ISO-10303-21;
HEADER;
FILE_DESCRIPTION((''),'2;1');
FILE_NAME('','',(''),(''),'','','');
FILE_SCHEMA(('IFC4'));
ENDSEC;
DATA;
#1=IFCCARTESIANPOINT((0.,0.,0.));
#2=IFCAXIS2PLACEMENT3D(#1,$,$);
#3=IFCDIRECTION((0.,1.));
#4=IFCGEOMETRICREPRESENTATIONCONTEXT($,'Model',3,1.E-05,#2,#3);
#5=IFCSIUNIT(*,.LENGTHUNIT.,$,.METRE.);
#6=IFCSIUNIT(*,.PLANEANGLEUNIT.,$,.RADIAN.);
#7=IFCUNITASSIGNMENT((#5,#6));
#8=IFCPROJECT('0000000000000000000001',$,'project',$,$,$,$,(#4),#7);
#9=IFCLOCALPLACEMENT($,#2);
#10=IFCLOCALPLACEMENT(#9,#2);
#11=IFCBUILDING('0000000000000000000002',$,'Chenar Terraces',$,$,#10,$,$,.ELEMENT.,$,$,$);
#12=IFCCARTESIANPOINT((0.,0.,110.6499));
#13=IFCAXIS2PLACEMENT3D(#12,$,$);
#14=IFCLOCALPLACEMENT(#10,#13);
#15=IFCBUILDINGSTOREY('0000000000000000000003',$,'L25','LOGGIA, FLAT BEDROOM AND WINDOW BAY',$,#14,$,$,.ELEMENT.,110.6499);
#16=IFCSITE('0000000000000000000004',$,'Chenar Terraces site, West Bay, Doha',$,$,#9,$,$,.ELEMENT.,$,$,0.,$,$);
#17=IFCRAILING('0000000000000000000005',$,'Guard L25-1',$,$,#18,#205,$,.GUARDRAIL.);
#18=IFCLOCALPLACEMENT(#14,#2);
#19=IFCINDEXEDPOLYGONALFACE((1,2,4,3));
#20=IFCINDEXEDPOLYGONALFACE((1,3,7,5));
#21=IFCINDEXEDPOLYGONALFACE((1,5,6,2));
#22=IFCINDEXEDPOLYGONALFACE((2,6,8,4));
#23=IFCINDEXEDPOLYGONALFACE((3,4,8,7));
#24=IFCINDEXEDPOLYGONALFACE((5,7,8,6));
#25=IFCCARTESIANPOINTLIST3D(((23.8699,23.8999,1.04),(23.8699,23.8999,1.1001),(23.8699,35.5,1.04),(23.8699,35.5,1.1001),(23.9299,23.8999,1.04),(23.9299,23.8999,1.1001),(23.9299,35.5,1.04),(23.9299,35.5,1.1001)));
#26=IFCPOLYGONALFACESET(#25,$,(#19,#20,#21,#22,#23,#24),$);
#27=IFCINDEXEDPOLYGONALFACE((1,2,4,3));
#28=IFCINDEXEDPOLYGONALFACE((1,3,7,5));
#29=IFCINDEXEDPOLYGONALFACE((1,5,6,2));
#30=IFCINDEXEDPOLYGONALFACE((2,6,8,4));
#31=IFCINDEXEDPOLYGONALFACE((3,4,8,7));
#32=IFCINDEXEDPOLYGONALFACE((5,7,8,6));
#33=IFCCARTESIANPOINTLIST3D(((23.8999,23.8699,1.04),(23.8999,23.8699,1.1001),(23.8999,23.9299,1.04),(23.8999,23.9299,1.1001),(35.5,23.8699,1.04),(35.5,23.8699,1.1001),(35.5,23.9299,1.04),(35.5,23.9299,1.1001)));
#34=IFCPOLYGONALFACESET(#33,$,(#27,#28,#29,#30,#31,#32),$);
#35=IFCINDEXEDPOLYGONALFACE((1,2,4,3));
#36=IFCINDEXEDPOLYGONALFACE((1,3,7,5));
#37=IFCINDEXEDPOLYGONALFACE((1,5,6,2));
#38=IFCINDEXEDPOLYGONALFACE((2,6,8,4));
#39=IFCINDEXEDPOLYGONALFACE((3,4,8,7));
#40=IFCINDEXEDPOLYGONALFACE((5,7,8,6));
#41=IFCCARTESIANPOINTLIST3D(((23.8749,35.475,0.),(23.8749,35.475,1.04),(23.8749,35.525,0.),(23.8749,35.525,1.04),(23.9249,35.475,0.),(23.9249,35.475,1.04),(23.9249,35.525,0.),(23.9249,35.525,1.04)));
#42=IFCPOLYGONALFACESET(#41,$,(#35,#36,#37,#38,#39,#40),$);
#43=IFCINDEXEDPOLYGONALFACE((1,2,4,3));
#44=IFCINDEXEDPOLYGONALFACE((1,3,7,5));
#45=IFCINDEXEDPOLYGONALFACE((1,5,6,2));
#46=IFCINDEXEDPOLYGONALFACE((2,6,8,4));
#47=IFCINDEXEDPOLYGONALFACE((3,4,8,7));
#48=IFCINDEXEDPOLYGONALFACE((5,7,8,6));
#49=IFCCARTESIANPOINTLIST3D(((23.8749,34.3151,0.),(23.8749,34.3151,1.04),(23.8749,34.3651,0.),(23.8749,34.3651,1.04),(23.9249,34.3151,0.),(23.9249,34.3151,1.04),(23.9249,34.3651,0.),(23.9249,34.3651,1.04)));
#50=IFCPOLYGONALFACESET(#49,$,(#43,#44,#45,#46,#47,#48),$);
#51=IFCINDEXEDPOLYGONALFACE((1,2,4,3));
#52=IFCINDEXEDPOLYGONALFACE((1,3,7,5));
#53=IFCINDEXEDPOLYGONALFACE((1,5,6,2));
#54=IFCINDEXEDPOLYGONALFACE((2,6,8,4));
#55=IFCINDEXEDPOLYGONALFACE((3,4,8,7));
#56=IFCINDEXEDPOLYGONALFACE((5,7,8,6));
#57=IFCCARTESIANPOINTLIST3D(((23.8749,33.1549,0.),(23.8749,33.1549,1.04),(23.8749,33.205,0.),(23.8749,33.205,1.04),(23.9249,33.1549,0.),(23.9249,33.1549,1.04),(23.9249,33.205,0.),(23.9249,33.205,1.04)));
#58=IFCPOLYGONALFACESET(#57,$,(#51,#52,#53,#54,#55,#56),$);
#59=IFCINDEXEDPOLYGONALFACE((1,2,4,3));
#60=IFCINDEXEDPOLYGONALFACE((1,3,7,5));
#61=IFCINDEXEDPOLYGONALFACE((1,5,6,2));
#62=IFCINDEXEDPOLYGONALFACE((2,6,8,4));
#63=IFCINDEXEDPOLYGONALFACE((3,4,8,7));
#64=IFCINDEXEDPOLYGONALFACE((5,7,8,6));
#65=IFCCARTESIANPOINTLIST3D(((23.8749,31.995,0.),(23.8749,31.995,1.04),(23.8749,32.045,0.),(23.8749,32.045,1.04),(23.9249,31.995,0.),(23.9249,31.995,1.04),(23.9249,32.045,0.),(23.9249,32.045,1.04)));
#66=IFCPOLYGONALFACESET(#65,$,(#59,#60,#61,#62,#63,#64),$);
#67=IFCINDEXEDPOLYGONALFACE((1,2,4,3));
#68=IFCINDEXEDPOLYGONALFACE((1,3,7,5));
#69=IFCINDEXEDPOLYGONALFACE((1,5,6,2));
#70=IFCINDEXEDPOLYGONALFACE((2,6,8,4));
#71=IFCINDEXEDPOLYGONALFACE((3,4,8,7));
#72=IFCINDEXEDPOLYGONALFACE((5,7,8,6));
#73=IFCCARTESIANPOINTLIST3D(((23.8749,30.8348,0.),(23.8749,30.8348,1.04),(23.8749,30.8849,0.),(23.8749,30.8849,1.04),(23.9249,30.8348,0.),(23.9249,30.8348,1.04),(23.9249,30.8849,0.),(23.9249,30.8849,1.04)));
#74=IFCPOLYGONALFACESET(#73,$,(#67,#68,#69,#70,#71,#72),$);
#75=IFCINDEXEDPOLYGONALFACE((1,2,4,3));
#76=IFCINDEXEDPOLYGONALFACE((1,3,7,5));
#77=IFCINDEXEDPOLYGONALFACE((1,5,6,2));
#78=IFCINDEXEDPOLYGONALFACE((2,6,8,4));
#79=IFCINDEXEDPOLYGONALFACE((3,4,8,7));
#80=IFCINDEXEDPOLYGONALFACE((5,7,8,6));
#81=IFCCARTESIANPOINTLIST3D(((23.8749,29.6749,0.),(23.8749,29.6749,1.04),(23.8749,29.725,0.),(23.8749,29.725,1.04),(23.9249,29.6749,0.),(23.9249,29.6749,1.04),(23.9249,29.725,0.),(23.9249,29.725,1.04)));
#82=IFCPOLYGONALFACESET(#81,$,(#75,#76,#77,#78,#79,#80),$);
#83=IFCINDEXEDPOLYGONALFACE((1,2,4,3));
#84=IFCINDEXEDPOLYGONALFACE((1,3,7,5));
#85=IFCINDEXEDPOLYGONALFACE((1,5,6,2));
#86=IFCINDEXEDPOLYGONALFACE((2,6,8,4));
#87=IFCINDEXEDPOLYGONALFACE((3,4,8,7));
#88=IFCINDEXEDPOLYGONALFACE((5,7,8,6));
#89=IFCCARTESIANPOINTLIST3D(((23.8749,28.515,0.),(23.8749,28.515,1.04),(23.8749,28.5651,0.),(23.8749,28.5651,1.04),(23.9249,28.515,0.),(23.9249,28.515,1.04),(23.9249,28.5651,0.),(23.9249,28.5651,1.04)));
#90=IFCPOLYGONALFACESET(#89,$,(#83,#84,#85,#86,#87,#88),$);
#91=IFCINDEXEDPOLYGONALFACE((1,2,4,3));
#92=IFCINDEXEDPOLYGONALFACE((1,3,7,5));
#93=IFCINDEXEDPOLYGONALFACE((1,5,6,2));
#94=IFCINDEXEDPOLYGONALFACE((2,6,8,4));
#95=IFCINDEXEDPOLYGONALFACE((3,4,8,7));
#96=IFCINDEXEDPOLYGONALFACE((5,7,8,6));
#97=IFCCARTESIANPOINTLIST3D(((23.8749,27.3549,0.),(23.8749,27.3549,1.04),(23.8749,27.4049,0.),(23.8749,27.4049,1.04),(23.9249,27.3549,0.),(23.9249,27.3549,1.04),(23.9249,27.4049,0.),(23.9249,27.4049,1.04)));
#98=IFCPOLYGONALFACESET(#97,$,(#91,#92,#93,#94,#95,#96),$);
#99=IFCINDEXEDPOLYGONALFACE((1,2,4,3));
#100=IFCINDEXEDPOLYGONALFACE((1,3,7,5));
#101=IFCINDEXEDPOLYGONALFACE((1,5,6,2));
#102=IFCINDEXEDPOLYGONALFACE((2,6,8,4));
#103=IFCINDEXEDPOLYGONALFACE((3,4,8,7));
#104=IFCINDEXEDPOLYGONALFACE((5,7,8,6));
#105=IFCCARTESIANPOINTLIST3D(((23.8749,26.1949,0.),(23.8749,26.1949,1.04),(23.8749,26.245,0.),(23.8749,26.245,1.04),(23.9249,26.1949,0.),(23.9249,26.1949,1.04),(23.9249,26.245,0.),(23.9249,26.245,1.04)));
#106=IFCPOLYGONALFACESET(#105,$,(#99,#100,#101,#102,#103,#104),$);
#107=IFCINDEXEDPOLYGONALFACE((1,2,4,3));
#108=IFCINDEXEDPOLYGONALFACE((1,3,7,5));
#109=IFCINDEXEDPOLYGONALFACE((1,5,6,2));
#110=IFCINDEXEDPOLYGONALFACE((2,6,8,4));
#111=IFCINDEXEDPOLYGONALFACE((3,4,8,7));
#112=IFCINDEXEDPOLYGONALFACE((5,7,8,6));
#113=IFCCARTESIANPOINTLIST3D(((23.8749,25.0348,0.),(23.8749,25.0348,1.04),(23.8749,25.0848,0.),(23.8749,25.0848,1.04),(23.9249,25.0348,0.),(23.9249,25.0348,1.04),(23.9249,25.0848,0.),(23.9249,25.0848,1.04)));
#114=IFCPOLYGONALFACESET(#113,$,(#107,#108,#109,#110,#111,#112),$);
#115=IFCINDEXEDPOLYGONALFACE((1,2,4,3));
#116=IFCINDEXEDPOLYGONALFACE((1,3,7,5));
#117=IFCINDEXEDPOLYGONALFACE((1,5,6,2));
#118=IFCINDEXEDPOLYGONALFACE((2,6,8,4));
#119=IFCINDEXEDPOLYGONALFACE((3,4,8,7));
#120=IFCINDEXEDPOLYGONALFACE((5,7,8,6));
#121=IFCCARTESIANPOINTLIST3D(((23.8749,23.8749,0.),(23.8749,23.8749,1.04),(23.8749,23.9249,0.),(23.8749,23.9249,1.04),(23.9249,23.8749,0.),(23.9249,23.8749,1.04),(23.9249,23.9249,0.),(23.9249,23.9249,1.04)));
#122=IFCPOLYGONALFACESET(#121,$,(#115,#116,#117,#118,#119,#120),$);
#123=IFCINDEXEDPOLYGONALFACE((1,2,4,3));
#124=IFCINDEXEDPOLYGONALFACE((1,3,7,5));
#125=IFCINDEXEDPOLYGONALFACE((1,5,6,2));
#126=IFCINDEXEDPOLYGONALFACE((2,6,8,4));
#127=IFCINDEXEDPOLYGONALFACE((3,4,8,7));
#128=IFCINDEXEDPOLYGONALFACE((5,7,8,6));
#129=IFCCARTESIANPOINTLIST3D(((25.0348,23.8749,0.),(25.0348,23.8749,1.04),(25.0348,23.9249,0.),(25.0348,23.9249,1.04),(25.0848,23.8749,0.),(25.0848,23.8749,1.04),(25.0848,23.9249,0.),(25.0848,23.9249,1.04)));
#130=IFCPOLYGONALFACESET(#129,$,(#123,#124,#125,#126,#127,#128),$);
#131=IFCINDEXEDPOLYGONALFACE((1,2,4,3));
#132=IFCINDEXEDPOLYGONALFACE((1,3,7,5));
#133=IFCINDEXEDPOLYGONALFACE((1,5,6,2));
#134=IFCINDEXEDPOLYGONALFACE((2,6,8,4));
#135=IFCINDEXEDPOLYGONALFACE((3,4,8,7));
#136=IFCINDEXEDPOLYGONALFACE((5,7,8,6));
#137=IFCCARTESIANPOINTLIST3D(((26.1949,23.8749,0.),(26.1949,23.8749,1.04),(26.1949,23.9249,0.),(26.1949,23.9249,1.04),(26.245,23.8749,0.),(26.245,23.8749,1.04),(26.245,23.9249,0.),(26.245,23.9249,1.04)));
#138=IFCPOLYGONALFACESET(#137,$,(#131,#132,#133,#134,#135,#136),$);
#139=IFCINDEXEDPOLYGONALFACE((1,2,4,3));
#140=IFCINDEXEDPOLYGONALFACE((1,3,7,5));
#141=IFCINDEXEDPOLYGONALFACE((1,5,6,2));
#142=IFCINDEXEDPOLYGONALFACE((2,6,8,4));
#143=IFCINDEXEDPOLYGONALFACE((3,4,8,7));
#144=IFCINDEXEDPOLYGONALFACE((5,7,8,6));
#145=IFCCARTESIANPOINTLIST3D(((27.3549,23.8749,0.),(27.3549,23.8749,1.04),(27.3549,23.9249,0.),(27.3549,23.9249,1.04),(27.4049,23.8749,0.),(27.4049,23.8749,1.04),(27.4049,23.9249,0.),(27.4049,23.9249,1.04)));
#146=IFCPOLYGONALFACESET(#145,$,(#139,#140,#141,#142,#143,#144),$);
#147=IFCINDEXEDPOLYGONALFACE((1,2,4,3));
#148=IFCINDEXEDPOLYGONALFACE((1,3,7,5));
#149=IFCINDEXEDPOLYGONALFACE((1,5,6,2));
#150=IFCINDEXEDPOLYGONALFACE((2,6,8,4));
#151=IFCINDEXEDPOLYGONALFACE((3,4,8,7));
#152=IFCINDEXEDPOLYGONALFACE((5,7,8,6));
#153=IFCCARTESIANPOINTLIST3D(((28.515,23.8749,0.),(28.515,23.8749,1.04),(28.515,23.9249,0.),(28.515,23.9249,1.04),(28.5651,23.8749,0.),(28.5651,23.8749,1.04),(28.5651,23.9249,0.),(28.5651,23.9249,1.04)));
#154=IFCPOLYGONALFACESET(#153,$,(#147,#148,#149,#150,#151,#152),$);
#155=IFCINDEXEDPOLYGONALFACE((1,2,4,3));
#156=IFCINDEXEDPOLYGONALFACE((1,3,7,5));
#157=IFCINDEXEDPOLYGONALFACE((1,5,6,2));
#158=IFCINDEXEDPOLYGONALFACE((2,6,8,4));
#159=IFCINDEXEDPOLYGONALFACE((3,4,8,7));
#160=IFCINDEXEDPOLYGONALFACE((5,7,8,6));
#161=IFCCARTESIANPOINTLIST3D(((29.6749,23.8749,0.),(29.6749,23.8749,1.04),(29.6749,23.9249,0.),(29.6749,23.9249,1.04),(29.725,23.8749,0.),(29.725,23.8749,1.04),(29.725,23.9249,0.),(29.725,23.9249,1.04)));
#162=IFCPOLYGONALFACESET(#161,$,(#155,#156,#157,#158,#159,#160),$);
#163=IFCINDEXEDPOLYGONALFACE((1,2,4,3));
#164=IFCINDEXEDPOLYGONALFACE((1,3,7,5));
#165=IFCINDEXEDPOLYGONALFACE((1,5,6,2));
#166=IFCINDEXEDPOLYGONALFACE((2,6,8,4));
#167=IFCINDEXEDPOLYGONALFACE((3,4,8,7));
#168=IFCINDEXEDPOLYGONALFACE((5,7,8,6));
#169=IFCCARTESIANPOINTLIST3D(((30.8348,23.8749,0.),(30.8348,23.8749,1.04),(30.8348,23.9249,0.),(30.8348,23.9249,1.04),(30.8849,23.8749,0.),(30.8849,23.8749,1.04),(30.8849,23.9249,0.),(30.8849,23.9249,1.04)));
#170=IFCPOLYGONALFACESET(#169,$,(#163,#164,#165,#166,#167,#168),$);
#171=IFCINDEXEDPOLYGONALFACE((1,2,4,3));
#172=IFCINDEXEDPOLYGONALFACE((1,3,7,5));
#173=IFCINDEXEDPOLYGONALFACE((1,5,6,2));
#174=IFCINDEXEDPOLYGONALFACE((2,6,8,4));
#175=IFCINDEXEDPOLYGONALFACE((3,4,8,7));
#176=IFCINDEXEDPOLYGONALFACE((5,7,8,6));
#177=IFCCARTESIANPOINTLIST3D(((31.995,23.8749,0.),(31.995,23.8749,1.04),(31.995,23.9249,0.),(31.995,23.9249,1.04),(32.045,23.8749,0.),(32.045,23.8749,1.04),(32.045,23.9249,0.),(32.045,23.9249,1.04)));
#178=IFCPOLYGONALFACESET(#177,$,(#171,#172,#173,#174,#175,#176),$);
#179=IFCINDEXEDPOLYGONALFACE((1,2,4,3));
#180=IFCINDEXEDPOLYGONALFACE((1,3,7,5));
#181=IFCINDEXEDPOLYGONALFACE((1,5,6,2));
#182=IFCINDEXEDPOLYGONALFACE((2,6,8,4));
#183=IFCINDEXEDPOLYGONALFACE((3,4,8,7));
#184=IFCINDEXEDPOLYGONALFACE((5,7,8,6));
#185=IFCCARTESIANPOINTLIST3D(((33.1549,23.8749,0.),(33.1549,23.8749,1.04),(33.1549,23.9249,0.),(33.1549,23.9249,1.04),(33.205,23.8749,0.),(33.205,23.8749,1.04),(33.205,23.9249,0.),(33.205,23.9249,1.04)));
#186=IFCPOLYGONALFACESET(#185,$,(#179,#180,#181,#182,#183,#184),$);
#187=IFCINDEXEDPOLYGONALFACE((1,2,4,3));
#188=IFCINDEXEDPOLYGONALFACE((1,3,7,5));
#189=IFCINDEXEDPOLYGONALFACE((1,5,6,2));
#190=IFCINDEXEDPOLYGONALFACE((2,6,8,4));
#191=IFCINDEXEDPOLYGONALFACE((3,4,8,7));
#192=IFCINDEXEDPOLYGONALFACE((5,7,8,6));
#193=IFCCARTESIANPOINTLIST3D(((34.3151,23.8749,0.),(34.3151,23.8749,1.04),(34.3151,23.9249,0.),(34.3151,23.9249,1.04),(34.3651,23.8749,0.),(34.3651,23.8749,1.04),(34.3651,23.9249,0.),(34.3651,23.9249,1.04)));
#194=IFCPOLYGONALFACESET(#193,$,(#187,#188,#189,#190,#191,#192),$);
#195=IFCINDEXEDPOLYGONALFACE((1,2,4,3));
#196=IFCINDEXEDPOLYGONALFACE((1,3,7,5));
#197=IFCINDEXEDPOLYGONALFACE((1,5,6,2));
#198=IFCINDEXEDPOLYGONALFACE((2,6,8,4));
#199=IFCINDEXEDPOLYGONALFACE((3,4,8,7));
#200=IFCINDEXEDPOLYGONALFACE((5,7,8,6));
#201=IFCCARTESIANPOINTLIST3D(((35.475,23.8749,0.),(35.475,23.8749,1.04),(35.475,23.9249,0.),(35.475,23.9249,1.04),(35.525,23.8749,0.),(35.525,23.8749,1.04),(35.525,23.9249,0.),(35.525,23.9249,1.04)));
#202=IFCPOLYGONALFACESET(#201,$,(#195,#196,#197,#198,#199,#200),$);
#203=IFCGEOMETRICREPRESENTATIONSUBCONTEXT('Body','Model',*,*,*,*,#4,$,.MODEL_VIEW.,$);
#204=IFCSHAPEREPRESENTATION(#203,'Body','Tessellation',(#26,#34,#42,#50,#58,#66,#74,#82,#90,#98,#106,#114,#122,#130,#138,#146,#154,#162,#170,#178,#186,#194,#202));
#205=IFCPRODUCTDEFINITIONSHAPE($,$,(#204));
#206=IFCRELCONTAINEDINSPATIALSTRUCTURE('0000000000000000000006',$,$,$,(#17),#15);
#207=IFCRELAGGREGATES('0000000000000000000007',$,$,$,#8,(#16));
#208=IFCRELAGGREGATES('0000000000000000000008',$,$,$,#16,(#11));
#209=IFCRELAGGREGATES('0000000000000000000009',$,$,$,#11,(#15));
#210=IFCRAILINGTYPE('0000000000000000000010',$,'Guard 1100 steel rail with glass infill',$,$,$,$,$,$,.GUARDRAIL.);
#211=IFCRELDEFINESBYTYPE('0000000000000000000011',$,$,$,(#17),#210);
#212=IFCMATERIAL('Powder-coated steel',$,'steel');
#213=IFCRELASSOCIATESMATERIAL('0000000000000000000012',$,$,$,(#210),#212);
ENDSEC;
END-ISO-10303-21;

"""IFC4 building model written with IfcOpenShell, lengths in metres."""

from ifc_helpers import new_model, si_unit, direction, frame, origin, origin_2d, place, context, subcontext, project, spatial, rectangle, extrude, material, type_object, element, save


model = new_model("IFC4")

# Units and contexts
model_context = context("Model", 3, precision=1e-05, world=origin(), true_north=direction((0.0, 1.0)))
body_context = subcontext(model_context, "Body", "Model", "MODEL_VIEW")
ifc_project = project(units=[si_unit("LENGTHUNIT", "METRE"), si_unit("PLANEANGLEUNIT", "RADIAN")], contexts=[model_context])

# Site, building, storey
site_placement = place(None, origin())
site = spatial("IfcSite", under=ifc_project, at=site_placement, Name="Chenar Terraces site, West Bay, Doha", CompositionType="ELEMENT", RefElevation=0.0)
building_placement = place(site_placement, origin())
building = spatial("IfcBuilding", under=site, at=building_placement, Name="Chenar Terraces", CompositionType="ELEMENT")
storey_placement = place(building_placement, frame((0.0, 0.0, 110.6499)))
storey = spatial("IfcBuildingStorey", under=building, at=storey_placement, Name="L25", Description="LOGGIA, FLAT BEDROOM AND WINDOW BAY", CompositionType="ELEMENT", Elevation=110.6499)

# Railing
ifc_material_1 = material(Name="Powder-coated steel", Category="steel")
railing_type_1 = type_object("IfcRailingType", Name="Guard 1100 steel rail with glass infill", PredefinedType="GUARDRAIL", material=ifc_material_1)
railing_1_placement = place(storey_placement, frame((23.8999, 35.5, 0.0)))
element("IfcRailing", 1, at=railing_1_placement, inside=storey, type_object=railing_type_1, Name="Guard L25-1", PredefinedType="GUARDRAIL", context=body_context, shape_type="SweptSolid", body=[
    extrude(rectangle(XDim=0.0601, YDim=0.0601, at=origin_2d()), frame((0.0, 0.0, 1.0701), z_axis=(0.0, -1.0, 0.0), x_axis=(1.0, 0.0, 0.0)), (0.0, 0.0, 1.0), 11.6001),
    extrude(rectangle(XDim=0.0601, YDim=0.0601, at=origin_2d()), frame((0.0, -11.6001, 1.0701), z_axis=(1.0, 0.0, 0.0), x_axis=(0.0, 1.0, 0.0)), (0.0, 0.0, 1.0), 11.6001),
    extrude(rectangle(XDim=0.05, YDim=0.05, at=origin_2d()), origin(), (0.0, 0.0, 1.0), 1.04),
    extrude(rectangle(XDim=0.05, YDim=0.05, at=origin_2d()), frame((0.0, -1.1599, 0.0)), (0.0, 0.0, 1.0), 1.04),
    extrude(rectangle(XDim=0.05, YDim=0.05, at=origin_2d()), frame((0.0, -2.3201, 0.0)), (0.0, 0.0, 1.0), 1.04),
    extrude(rectangle(XDim=0.05, YDim=0.05, at=origin_2d()), frame((0.0, -3.48, 0.0)), (0.0, 0.0, 1.0), 1.04),
    extrude(rectangle(XDim=0.05, YDim=0.05, at=origin_2d()), frame((0.0, -4.6401, 0.0)), (0.0, 0.0, 1.0), 1.04),
    extrude(rectangle(XDim=0.05, YDim=0.05, at=origin_2d()), frame((0.0, -5.8, 0.0)), (0.0, 0.0, 1.0), 1.04),
    extrude(rectangle(XDim=0.05, YDim=0.05, at=origin_2d()), frame((0.0, -6.96, 0.0)), (0.0, 0.0, 1.0), 1.04),
    extrude(rectangle(XDim=0.05, YDim=0.05, at=origin_2d()), frame((0.0, -8.1201, 0.0)), (0.0, 0.0, 1.0), 1.04),
    extrude(rectangle(XDim=0.05, YDim=0.05, at=origin_2d()), frame((0.0, -9.28, 0.0)), (0.0, 0.0, 1.0), 1.04),
    extrude(rectangle(XDim=0.05, YDim=0.05, at=origin_2d()), frame((0.0, -10.4402, 0.0)), (0.0, 0.0, 1.0), 1.04),
    extrude(rectangle(XDim=0.05, YDim=0.05, at=origin_2d()), frame((0.0, -11.6001, 0.0)), (0.0, 0.0, 1.0), 1.04),
    extrude(rectangle(XDim=0.05, YDim=0.05, at=origin_2d()), frame((1.1599, -11.6001, 0.0)), (0.0, 0.0, 1.0), 1.04),
    extrude(rectangle(XDim=0.05, YDim=0.05, at=origin_2d()), frame((2.3201, -11.6001, 0.0)), (0.0, 0.0, 1.0), 1.04),
    extrude(rectangle(XDim=0.05, YDim=0.05, at=origin_2d()), frame((3.48, -11.6001, 0.0)), (0.0, 0.0, 1.0), 1.04),
    extrude(rectangle(XDim=0.05, YDim=0.05, at=origin_2d()), frame((4.6401, -11.6001, 0.0)), (0.0, 0.0, 1.0), 1.04),
    extrude(rectangle(XDim=0.05, YDim=0.05, at=origin_2d()), frame((5.8, -11.6001, 0.0)), (0.0, 0.0, 1.0), 1.04),
    extrude(rectangle(XDim=0.05, YDim=0.05, at=origin_2d()), frame((6.96, -11.6001, 0.0)), (0.0, 0.0, 1.0), 1.04),
    extrude(rectangle(XDim=0.05, YDim=0.05, at=origin_2d()), frame((8.1201, -11.6001, 0.0)), (0.0, 0.0, 1.0), 1.04),
    extrude(rectangle(XDim=0.05, YDim=0.05, at=origin_2d()), frame((9.28, -11.6001, 0.0)), (0.0, 0.0, 1.0), 1.04),
    extrude(rectangle(XDim=0.05, YDim=0.05, at=origin_2d()), frame((10.4402, -11.6001, 0.0)), (0.0, 0.0, 1.0), 1.04),
    extrude(rectangle(XDim=0.05, YDim=0.05, at=origin_2d()), frame((11.6001, -11.6001, 0.0)), (0.0, 0.0, 1.0), 1.04),
])

save(model, "model.ifc")
